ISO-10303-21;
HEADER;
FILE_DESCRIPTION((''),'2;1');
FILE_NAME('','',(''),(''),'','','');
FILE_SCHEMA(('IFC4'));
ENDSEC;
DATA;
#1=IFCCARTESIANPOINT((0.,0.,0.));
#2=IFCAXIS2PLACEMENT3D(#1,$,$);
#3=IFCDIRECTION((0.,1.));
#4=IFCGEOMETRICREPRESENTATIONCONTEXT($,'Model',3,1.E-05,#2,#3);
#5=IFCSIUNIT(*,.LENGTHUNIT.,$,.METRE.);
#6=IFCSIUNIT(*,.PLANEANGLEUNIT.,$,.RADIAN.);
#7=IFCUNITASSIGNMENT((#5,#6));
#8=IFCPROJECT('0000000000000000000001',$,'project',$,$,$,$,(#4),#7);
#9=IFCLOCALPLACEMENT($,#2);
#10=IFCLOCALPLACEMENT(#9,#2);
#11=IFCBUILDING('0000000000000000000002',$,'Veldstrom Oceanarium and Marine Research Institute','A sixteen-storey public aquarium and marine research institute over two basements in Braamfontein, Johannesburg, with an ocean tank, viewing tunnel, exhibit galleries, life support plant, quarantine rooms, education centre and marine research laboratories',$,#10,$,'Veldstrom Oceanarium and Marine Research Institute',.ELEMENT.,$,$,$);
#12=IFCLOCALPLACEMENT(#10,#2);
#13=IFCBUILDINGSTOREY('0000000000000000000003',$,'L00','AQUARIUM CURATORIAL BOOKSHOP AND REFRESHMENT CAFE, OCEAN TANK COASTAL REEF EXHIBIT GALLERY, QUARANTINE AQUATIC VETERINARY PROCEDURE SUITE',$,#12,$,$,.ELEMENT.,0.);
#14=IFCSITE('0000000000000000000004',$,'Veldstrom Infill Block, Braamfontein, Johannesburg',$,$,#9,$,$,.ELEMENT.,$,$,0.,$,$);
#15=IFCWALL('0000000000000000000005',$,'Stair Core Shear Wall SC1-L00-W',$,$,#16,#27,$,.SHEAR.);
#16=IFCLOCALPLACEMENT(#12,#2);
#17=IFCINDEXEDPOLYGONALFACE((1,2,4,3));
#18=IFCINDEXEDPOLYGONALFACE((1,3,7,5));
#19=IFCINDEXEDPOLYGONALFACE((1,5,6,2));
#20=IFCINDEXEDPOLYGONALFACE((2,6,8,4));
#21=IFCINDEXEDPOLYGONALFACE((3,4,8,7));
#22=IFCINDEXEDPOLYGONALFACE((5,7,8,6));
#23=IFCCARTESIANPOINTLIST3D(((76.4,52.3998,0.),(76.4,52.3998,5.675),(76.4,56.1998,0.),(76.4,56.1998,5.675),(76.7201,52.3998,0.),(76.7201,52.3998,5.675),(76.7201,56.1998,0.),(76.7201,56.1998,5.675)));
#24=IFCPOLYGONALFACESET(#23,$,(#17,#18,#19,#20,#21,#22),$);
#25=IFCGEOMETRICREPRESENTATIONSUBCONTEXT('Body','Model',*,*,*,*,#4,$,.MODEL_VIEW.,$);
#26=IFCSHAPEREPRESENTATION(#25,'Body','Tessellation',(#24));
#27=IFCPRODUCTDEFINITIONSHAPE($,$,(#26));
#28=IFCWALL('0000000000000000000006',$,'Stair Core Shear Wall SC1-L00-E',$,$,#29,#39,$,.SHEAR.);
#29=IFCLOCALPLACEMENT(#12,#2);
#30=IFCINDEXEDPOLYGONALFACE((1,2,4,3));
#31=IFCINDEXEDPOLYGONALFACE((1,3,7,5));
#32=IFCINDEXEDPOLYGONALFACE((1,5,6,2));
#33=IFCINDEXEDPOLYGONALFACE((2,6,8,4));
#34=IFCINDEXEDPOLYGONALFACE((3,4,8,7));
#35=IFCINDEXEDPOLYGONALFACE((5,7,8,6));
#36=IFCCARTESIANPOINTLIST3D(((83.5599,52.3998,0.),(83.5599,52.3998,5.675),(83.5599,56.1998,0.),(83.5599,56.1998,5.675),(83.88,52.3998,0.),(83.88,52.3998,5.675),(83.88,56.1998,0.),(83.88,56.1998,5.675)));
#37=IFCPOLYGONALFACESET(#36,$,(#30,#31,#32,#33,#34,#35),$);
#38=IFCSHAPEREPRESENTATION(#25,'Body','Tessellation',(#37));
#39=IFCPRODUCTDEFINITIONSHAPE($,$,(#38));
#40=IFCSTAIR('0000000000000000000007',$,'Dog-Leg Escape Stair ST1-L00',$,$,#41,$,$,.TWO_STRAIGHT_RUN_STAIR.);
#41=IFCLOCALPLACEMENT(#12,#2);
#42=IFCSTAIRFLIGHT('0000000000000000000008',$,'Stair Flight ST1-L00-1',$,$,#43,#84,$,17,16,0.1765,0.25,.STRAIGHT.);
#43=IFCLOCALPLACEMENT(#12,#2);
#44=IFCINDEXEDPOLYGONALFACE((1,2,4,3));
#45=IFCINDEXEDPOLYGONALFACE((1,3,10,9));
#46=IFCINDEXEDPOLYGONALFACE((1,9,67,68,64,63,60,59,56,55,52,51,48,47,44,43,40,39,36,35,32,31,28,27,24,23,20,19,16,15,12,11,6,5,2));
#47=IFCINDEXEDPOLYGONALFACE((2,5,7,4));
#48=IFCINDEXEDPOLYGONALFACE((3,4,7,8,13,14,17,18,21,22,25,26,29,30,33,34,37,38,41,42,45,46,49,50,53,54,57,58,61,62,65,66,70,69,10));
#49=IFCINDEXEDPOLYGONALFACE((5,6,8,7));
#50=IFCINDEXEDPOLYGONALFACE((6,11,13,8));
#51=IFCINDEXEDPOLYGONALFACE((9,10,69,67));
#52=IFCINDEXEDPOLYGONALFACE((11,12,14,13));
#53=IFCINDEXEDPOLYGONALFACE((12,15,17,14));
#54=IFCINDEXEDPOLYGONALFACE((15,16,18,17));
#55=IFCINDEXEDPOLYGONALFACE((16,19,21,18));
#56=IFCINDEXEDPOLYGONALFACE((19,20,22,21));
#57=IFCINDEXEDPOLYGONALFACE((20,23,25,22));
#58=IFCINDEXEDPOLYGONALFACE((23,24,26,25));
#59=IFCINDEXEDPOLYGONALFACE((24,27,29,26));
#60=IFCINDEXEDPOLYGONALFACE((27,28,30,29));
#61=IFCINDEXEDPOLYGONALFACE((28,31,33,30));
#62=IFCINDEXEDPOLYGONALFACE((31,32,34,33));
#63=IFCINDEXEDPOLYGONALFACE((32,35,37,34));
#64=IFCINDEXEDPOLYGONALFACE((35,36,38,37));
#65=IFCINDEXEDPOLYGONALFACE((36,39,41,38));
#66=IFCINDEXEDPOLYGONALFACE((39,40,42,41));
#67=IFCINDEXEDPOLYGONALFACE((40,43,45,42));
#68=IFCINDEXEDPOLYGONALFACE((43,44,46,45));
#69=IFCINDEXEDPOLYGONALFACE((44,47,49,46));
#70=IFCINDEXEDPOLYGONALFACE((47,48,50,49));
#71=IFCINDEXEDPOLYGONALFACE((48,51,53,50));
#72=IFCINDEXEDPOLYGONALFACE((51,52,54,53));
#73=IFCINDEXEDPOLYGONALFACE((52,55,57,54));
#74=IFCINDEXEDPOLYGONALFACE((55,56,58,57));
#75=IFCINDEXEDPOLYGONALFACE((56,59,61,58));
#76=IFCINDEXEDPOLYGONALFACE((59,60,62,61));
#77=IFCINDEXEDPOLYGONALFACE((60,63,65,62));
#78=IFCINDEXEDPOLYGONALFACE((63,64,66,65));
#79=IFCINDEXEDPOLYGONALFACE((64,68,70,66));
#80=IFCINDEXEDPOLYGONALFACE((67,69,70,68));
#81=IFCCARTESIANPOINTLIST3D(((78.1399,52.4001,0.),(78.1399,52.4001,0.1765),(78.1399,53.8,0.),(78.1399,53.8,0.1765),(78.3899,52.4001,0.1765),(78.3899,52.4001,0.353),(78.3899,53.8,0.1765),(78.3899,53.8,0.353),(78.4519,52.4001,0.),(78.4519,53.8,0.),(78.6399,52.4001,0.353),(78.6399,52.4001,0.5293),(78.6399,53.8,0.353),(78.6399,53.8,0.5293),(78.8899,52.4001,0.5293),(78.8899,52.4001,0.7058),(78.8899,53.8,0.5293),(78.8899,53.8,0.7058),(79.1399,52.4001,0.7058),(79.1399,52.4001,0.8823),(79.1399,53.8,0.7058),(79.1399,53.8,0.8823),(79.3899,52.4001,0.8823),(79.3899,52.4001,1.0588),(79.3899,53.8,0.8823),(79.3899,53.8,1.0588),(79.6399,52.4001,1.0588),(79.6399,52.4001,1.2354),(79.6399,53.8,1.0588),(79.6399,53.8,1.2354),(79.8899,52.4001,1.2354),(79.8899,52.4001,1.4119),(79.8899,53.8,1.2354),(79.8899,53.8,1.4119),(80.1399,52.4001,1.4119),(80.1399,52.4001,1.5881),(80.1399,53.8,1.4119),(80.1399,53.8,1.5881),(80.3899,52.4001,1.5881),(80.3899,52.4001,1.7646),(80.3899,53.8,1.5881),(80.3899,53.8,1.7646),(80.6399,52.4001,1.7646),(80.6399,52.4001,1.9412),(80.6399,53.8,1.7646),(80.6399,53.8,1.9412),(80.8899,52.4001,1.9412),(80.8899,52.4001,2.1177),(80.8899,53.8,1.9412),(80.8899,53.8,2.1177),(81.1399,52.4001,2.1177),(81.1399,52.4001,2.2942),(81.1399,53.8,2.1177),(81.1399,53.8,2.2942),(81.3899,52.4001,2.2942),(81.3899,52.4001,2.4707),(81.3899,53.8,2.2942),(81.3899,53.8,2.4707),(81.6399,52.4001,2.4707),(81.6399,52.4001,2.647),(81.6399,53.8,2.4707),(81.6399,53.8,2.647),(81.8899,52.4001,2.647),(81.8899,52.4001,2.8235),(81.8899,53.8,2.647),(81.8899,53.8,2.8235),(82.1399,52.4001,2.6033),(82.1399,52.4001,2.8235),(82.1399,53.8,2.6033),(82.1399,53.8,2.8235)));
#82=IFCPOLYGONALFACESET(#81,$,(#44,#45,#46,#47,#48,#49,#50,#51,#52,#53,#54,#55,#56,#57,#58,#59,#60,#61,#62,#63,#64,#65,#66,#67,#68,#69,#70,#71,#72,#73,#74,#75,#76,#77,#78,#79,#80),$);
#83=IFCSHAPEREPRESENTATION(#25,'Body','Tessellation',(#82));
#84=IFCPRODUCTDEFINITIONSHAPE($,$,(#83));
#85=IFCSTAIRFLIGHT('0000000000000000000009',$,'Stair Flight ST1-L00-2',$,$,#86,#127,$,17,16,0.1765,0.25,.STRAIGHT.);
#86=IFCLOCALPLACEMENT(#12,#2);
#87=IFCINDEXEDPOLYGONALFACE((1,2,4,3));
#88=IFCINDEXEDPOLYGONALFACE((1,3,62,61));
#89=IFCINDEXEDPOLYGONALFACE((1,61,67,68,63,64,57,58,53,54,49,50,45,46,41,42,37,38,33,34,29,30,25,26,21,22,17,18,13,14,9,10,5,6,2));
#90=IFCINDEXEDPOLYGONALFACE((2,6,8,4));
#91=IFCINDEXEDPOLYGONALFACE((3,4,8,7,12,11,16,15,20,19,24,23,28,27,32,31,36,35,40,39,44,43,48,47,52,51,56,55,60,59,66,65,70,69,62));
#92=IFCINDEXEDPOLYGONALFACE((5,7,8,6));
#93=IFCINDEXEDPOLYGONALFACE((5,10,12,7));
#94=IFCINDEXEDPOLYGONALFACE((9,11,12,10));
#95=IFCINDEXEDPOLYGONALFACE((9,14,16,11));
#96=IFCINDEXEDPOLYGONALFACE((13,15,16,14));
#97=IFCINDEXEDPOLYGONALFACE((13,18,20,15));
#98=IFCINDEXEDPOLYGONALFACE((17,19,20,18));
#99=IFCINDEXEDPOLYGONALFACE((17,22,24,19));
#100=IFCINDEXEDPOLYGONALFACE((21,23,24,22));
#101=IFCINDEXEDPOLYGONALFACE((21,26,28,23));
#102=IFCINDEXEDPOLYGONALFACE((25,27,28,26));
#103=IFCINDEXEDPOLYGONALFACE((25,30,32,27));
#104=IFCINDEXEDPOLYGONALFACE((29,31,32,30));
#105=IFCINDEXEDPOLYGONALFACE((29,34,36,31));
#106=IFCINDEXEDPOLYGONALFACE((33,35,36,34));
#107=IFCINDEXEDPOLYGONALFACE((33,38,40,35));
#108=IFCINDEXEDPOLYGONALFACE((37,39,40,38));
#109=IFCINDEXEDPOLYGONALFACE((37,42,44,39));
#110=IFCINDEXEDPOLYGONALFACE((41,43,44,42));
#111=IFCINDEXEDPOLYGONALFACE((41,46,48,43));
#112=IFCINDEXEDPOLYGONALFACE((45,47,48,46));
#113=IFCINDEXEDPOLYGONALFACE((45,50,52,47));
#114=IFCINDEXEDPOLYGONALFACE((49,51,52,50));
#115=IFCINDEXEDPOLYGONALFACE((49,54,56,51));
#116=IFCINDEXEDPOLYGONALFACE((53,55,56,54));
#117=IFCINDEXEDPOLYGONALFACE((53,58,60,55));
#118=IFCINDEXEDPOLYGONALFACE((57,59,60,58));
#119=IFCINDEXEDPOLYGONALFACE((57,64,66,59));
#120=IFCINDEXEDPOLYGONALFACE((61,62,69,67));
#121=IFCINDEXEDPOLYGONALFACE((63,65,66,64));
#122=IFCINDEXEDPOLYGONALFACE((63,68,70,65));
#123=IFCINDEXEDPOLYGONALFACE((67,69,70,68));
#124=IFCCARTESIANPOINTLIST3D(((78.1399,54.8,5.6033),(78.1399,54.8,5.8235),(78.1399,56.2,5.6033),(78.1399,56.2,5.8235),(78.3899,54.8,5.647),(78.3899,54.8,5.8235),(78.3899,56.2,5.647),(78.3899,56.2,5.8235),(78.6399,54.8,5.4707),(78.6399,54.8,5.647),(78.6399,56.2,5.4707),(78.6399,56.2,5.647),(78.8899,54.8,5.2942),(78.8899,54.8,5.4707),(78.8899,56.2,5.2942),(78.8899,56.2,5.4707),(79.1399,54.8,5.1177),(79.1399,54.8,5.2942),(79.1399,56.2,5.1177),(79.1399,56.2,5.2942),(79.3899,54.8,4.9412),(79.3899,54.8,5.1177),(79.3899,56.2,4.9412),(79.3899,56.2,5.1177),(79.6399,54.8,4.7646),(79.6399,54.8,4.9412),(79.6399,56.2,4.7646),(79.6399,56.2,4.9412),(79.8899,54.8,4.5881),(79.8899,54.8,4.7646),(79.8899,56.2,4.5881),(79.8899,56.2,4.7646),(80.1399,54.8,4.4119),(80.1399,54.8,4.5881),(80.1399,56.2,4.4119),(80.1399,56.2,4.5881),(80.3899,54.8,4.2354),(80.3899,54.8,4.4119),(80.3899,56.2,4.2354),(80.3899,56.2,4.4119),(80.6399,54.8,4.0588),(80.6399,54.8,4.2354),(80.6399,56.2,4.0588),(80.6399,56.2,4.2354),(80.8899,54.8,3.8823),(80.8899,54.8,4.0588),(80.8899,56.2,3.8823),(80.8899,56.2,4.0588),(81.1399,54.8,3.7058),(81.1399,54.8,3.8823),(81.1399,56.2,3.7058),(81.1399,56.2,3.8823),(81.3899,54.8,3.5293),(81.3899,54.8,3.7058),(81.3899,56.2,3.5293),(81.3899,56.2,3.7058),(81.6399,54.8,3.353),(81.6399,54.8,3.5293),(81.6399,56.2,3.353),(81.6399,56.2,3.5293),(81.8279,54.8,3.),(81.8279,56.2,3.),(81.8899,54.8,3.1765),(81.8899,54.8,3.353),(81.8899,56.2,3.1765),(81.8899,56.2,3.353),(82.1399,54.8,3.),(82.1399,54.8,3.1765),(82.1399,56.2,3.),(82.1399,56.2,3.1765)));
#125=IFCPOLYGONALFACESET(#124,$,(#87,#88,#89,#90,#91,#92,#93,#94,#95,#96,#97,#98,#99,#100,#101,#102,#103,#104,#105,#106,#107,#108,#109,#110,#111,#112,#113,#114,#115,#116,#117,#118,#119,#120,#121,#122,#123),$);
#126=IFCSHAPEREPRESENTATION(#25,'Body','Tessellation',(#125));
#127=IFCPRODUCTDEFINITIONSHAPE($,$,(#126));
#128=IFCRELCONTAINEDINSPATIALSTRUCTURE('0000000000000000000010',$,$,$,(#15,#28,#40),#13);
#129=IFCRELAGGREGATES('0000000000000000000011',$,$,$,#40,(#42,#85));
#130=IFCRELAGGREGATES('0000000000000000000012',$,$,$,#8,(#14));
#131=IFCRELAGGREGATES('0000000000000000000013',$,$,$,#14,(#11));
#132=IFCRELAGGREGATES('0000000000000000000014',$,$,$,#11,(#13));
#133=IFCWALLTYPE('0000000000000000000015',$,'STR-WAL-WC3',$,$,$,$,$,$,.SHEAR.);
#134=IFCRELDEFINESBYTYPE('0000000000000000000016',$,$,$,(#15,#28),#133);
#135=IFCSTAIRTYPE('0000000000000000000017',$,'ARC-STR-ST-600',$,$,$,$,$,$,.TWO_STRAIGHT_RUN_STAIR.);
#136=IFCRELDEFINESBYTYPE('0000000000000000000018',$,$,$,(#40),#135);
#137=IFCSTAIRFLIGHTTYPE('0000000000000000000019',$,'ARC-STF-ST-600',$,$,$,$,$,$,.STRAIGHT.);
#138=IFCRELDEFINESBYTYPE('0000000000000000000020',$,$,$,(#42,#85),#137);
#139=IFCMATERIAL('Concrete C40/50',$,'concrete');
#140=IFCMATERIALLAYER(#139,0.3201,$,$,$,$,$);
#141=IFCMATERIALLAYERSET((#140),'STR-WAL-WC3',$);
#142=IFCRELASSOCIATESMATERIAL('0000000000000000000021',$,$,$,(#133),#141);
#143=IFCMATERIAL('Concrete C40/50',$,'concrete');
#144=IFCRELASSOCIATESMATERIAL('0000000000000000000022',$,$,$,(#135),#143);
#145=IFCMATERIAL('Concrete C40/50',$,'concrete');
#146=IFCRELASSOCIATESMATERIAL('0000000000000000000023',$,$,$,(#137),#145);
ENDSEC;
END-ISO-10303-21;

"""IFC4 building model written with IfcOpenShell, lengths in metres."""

from ifc_helpers import new_model, si_unit, direction, frame, frame_2d, origin, place, context, subcontext, project, spatial, polyline, rectangle, outline, extrude, material, layer, layer_set, type_object, element, aggregate, save


model = new_model("IFC4")

# Units and contexts
model_context = context("Model", 3, precision=1e-05, world=origin(), true_north=direction((0.0, 1.0)))
body_context = subcontext(model_context, "Body", "Model", "MODEL_VIEW")
ifc_project = project(units=[si_unit("LENGTHUNIT", "METRE"), si_unit("PLANEANGLEUNIT", "RADIAN")], contexts=[model_context])

# Site, building, storey
site_placement = place(None, origin())
site = spatial("IfcSite", under=ifc_project, at=site_placement, Name="Veldstrom Infill Block, Braamfontein, Johannesburg", CompositionType="ELEMENT", RefElevation=0.0)
building_placement = place(site_placement, origin())
building = spatial("IfcBuilding", under=site, at=building_placement, Name="Veldstrom Oceanarium and Marine Research Institute", Description="A sixteen-storey public aquarium and marine research institute over two basements in Braamfontein, Johannesburg, with an ocean tank, viewing tunnel, exhibit galleries, life support plant, quarantine rooms, education centre and marine research laboratories", LongName="Veldstrom Oceanarium and Marine Research Institute", CompositionType="ELEMENT")
storey_placement = place(building_placement, origin())
storey = spatial("IfcBuildingStorey", under=building, at=storey_placement, Name="L00", Description="AQUARIUM CURATORIAL BOOKSHOP AND REFRESHMENT CAFE, OCEAN TANK COASTAL REEF EXHIBIT GALLERY, QUARANTINE AQUATIC VETERINARY PROCEDURE SUITE", CompositionType="ELEMENT", Elevation=0.0)

# Shared definitions
ifc_material_1 = material(Name="Concrete C40/50", Category="concrete")
ifc_layer_1 = layer(ifc_material_1, 0.3201)
ifc_layer_set_1 = layer_set([ifc_layer_1], Name="STR-WAL-WC3")
wall_type_1 = type_object("IfcWallType", Name="STR-WAL-WC3", PredefinedType="SHEAR", material=ifc_layer_set_1)

# Walls
for number, where, z_axis, x_axis, name in (
    (1, (76.5601, 52.3999, 0.0), (0.0, 0.0, 1.0), (0.0, 1.0, 0.0), "Stair Core Shear Wall SC1-L00-W"),
    (2, (83.72, 52.3999, 0.0), (0.0, 0.0, 1.0), (0.0, 1.0, 0.0), "Stair Core Shear Wall SC1-L00-E"),
):
    element("IfcWall", number, at=place(storey_placement, frame(where, z_axis=z_axis, x_axis=x_axis)), inside=storey, type_object=wall_type_1, Name=name, PredefinedType="SHEAR", context=body_context, shape_type="SweptSolid", body=[
        extrude(rectangle(XDim=3.8, YDim=0.3201, at=frame_2d((1.8999, 0.0))), origin(), (0.0, 0.0, 1.0), 5.675),
    ])

# Stair, stair flights
ifc_material_2 = material(Name="Concrete C40/50", Category="concrete")
stair_type = type_object("IfcStairType", Name="ARC-STR-ST-600", PredefinedType="TWO_STRAIGHT_RUN_STAIR", material=ifc_material_2)
stair_placement = place(storey_placement, origin())
stair = element("IfcStair", 3, at=stair_placement, inside=storey, type_object=stair_type, Name="Dog-Leg Escape Stair ST1-L00", PredefinedType="TWO_STRAIGHT_RUN_STAIR")
ifc_material_3 = material(Name="Concrete C40/50", Category="concrete")
stair_flight_type = type_object("IfcStairFlightType", Name="ARC-STF-ST-600", PredefinedType="STRAIGHT", material=ifc_material_3)
stair_flight_1_placement = place(storey_placement, frame((78.1399, 53.1001, 0.0), z_axis=(0.0, 0.0, 1.0), x_axis=(1.0, 0.0, 0.0)))
stair_flight_1 = element("IfcStairFlight", 4, at=stair_flight_1_placement, type_object=stair_flight_type, Name="Stair Flight ST1-L00-1", NumberOfRisers=17, NumberOfTreads=16, PredefinedType="STRAIGHT", RiserHeight=0.1765, TreadLength=0.25, context=body_context, shape_type="SweptSolid", body=[
    extrude(outline(polyline([(0.0, 0.0), (0.0, 0.1765), (0.25, 0.1765), (0.25, 0.353), (0.5, 0.353), (0.5, 0.5293), (0.75, 0.5293), (0.75, 0.7058), (1.0, 0.7058), (1.0, 0.8823), (1.25, 0.8823), (1.25, 1.0588), (1.5, 1.0588), (1.5, 1.2354), (1.75, 1.2354), (1.75, 1.4119), (2.0, 1.4119), (2.0, 1.5881), (2.25, 1.5881), (2.25, 1.7646), (2.5, 1.7646), (2.5, 1.9412), (2.75, 1.9412), (2.75, 2.1177), (3.0, 2.1177), (3.0, 2.2942), (3.25, 2.2942), (3.25, 2.4707), (3.5, 2.4707), (3.5, 2.647), (3.75, 2.647), (3.75, 2.8235), (4.0, 2.8235), (4.0, 3.0), (4.0, 2.6033), (0.312, 0.0), (0.0, 0.0)])), frame((0.0, 0.7, 0.0), z_axis=(0.0, -1.0, 0.0), x_axis=(1.0, 0.0, 0.0)), (0.0, 0.0, 1.0), 1.3999),
])
stair_flight_2_placement = place(storey_placement, frame((82.1399, 55.5, 3.0), z_axis=(0.0, 0.0, 1.0), x_axis=(-1.0, 0.0, 0.0)))
stair_flight_2 = element("IfcStairFlight", 5, at=stair_flight_2_placement, type_object=stair_flight_type, Name="Stair Flight ST1-L00-2", NumberOfRisers=17, NumberOfTreads=16, PredefinedType="STRAIGHT", RiserHeight=0.1765, TreadLength=0.25, context=body_context, shape_type="SweptSolid", body=[
    extrude(outline(polyline([(0.0, 0.0), (0.0, 0.1765), (0.25, 0.1765), (0.25, 0.353), (0.5, 0.353), (0.5, 0.5293), (0.75, 0.5293), (0.75, 0.7058), (1.0, 0.7058), (1.0, 0.8823), (1.25, 0.8823), (1.25, 1.0588), (1.5, 1.0588), (1.5, 1.2354), (1.75, 1.2354), (1.75, 1.4119), (2.0, 1.4119), (2.0, 1.5881), (2.25, 1.5881), (2.25, 1.7646), (2.5, 1.7646), (2.5, 1.9412), (2.75, 1.9412), (2.75, 2.1177), (3.0, 2.1177), (3.0, 2.2942), (3.25, 2.2942), (3.25, 2.4707), (3.5, 2.4707), (3.5, 2.647), (3.75, 2.647), (3.75, 2.8235), (4.0, 2.8235), (4.0, 3.0), (4.0, 2.6033), (0.312, 0.0), (0.0, 0.0)])), frame((0.0, 0.7, 0.0), z_axis=(0.0, -1.0, 0.0), x_axis=(1.0, 0.0, 0.0)), (0.0, 0.0, 1.0), 1.3999),
])
aggregate(stair, [stair_flight_1, stair_flight_2])

save(model, "model.ifc")
